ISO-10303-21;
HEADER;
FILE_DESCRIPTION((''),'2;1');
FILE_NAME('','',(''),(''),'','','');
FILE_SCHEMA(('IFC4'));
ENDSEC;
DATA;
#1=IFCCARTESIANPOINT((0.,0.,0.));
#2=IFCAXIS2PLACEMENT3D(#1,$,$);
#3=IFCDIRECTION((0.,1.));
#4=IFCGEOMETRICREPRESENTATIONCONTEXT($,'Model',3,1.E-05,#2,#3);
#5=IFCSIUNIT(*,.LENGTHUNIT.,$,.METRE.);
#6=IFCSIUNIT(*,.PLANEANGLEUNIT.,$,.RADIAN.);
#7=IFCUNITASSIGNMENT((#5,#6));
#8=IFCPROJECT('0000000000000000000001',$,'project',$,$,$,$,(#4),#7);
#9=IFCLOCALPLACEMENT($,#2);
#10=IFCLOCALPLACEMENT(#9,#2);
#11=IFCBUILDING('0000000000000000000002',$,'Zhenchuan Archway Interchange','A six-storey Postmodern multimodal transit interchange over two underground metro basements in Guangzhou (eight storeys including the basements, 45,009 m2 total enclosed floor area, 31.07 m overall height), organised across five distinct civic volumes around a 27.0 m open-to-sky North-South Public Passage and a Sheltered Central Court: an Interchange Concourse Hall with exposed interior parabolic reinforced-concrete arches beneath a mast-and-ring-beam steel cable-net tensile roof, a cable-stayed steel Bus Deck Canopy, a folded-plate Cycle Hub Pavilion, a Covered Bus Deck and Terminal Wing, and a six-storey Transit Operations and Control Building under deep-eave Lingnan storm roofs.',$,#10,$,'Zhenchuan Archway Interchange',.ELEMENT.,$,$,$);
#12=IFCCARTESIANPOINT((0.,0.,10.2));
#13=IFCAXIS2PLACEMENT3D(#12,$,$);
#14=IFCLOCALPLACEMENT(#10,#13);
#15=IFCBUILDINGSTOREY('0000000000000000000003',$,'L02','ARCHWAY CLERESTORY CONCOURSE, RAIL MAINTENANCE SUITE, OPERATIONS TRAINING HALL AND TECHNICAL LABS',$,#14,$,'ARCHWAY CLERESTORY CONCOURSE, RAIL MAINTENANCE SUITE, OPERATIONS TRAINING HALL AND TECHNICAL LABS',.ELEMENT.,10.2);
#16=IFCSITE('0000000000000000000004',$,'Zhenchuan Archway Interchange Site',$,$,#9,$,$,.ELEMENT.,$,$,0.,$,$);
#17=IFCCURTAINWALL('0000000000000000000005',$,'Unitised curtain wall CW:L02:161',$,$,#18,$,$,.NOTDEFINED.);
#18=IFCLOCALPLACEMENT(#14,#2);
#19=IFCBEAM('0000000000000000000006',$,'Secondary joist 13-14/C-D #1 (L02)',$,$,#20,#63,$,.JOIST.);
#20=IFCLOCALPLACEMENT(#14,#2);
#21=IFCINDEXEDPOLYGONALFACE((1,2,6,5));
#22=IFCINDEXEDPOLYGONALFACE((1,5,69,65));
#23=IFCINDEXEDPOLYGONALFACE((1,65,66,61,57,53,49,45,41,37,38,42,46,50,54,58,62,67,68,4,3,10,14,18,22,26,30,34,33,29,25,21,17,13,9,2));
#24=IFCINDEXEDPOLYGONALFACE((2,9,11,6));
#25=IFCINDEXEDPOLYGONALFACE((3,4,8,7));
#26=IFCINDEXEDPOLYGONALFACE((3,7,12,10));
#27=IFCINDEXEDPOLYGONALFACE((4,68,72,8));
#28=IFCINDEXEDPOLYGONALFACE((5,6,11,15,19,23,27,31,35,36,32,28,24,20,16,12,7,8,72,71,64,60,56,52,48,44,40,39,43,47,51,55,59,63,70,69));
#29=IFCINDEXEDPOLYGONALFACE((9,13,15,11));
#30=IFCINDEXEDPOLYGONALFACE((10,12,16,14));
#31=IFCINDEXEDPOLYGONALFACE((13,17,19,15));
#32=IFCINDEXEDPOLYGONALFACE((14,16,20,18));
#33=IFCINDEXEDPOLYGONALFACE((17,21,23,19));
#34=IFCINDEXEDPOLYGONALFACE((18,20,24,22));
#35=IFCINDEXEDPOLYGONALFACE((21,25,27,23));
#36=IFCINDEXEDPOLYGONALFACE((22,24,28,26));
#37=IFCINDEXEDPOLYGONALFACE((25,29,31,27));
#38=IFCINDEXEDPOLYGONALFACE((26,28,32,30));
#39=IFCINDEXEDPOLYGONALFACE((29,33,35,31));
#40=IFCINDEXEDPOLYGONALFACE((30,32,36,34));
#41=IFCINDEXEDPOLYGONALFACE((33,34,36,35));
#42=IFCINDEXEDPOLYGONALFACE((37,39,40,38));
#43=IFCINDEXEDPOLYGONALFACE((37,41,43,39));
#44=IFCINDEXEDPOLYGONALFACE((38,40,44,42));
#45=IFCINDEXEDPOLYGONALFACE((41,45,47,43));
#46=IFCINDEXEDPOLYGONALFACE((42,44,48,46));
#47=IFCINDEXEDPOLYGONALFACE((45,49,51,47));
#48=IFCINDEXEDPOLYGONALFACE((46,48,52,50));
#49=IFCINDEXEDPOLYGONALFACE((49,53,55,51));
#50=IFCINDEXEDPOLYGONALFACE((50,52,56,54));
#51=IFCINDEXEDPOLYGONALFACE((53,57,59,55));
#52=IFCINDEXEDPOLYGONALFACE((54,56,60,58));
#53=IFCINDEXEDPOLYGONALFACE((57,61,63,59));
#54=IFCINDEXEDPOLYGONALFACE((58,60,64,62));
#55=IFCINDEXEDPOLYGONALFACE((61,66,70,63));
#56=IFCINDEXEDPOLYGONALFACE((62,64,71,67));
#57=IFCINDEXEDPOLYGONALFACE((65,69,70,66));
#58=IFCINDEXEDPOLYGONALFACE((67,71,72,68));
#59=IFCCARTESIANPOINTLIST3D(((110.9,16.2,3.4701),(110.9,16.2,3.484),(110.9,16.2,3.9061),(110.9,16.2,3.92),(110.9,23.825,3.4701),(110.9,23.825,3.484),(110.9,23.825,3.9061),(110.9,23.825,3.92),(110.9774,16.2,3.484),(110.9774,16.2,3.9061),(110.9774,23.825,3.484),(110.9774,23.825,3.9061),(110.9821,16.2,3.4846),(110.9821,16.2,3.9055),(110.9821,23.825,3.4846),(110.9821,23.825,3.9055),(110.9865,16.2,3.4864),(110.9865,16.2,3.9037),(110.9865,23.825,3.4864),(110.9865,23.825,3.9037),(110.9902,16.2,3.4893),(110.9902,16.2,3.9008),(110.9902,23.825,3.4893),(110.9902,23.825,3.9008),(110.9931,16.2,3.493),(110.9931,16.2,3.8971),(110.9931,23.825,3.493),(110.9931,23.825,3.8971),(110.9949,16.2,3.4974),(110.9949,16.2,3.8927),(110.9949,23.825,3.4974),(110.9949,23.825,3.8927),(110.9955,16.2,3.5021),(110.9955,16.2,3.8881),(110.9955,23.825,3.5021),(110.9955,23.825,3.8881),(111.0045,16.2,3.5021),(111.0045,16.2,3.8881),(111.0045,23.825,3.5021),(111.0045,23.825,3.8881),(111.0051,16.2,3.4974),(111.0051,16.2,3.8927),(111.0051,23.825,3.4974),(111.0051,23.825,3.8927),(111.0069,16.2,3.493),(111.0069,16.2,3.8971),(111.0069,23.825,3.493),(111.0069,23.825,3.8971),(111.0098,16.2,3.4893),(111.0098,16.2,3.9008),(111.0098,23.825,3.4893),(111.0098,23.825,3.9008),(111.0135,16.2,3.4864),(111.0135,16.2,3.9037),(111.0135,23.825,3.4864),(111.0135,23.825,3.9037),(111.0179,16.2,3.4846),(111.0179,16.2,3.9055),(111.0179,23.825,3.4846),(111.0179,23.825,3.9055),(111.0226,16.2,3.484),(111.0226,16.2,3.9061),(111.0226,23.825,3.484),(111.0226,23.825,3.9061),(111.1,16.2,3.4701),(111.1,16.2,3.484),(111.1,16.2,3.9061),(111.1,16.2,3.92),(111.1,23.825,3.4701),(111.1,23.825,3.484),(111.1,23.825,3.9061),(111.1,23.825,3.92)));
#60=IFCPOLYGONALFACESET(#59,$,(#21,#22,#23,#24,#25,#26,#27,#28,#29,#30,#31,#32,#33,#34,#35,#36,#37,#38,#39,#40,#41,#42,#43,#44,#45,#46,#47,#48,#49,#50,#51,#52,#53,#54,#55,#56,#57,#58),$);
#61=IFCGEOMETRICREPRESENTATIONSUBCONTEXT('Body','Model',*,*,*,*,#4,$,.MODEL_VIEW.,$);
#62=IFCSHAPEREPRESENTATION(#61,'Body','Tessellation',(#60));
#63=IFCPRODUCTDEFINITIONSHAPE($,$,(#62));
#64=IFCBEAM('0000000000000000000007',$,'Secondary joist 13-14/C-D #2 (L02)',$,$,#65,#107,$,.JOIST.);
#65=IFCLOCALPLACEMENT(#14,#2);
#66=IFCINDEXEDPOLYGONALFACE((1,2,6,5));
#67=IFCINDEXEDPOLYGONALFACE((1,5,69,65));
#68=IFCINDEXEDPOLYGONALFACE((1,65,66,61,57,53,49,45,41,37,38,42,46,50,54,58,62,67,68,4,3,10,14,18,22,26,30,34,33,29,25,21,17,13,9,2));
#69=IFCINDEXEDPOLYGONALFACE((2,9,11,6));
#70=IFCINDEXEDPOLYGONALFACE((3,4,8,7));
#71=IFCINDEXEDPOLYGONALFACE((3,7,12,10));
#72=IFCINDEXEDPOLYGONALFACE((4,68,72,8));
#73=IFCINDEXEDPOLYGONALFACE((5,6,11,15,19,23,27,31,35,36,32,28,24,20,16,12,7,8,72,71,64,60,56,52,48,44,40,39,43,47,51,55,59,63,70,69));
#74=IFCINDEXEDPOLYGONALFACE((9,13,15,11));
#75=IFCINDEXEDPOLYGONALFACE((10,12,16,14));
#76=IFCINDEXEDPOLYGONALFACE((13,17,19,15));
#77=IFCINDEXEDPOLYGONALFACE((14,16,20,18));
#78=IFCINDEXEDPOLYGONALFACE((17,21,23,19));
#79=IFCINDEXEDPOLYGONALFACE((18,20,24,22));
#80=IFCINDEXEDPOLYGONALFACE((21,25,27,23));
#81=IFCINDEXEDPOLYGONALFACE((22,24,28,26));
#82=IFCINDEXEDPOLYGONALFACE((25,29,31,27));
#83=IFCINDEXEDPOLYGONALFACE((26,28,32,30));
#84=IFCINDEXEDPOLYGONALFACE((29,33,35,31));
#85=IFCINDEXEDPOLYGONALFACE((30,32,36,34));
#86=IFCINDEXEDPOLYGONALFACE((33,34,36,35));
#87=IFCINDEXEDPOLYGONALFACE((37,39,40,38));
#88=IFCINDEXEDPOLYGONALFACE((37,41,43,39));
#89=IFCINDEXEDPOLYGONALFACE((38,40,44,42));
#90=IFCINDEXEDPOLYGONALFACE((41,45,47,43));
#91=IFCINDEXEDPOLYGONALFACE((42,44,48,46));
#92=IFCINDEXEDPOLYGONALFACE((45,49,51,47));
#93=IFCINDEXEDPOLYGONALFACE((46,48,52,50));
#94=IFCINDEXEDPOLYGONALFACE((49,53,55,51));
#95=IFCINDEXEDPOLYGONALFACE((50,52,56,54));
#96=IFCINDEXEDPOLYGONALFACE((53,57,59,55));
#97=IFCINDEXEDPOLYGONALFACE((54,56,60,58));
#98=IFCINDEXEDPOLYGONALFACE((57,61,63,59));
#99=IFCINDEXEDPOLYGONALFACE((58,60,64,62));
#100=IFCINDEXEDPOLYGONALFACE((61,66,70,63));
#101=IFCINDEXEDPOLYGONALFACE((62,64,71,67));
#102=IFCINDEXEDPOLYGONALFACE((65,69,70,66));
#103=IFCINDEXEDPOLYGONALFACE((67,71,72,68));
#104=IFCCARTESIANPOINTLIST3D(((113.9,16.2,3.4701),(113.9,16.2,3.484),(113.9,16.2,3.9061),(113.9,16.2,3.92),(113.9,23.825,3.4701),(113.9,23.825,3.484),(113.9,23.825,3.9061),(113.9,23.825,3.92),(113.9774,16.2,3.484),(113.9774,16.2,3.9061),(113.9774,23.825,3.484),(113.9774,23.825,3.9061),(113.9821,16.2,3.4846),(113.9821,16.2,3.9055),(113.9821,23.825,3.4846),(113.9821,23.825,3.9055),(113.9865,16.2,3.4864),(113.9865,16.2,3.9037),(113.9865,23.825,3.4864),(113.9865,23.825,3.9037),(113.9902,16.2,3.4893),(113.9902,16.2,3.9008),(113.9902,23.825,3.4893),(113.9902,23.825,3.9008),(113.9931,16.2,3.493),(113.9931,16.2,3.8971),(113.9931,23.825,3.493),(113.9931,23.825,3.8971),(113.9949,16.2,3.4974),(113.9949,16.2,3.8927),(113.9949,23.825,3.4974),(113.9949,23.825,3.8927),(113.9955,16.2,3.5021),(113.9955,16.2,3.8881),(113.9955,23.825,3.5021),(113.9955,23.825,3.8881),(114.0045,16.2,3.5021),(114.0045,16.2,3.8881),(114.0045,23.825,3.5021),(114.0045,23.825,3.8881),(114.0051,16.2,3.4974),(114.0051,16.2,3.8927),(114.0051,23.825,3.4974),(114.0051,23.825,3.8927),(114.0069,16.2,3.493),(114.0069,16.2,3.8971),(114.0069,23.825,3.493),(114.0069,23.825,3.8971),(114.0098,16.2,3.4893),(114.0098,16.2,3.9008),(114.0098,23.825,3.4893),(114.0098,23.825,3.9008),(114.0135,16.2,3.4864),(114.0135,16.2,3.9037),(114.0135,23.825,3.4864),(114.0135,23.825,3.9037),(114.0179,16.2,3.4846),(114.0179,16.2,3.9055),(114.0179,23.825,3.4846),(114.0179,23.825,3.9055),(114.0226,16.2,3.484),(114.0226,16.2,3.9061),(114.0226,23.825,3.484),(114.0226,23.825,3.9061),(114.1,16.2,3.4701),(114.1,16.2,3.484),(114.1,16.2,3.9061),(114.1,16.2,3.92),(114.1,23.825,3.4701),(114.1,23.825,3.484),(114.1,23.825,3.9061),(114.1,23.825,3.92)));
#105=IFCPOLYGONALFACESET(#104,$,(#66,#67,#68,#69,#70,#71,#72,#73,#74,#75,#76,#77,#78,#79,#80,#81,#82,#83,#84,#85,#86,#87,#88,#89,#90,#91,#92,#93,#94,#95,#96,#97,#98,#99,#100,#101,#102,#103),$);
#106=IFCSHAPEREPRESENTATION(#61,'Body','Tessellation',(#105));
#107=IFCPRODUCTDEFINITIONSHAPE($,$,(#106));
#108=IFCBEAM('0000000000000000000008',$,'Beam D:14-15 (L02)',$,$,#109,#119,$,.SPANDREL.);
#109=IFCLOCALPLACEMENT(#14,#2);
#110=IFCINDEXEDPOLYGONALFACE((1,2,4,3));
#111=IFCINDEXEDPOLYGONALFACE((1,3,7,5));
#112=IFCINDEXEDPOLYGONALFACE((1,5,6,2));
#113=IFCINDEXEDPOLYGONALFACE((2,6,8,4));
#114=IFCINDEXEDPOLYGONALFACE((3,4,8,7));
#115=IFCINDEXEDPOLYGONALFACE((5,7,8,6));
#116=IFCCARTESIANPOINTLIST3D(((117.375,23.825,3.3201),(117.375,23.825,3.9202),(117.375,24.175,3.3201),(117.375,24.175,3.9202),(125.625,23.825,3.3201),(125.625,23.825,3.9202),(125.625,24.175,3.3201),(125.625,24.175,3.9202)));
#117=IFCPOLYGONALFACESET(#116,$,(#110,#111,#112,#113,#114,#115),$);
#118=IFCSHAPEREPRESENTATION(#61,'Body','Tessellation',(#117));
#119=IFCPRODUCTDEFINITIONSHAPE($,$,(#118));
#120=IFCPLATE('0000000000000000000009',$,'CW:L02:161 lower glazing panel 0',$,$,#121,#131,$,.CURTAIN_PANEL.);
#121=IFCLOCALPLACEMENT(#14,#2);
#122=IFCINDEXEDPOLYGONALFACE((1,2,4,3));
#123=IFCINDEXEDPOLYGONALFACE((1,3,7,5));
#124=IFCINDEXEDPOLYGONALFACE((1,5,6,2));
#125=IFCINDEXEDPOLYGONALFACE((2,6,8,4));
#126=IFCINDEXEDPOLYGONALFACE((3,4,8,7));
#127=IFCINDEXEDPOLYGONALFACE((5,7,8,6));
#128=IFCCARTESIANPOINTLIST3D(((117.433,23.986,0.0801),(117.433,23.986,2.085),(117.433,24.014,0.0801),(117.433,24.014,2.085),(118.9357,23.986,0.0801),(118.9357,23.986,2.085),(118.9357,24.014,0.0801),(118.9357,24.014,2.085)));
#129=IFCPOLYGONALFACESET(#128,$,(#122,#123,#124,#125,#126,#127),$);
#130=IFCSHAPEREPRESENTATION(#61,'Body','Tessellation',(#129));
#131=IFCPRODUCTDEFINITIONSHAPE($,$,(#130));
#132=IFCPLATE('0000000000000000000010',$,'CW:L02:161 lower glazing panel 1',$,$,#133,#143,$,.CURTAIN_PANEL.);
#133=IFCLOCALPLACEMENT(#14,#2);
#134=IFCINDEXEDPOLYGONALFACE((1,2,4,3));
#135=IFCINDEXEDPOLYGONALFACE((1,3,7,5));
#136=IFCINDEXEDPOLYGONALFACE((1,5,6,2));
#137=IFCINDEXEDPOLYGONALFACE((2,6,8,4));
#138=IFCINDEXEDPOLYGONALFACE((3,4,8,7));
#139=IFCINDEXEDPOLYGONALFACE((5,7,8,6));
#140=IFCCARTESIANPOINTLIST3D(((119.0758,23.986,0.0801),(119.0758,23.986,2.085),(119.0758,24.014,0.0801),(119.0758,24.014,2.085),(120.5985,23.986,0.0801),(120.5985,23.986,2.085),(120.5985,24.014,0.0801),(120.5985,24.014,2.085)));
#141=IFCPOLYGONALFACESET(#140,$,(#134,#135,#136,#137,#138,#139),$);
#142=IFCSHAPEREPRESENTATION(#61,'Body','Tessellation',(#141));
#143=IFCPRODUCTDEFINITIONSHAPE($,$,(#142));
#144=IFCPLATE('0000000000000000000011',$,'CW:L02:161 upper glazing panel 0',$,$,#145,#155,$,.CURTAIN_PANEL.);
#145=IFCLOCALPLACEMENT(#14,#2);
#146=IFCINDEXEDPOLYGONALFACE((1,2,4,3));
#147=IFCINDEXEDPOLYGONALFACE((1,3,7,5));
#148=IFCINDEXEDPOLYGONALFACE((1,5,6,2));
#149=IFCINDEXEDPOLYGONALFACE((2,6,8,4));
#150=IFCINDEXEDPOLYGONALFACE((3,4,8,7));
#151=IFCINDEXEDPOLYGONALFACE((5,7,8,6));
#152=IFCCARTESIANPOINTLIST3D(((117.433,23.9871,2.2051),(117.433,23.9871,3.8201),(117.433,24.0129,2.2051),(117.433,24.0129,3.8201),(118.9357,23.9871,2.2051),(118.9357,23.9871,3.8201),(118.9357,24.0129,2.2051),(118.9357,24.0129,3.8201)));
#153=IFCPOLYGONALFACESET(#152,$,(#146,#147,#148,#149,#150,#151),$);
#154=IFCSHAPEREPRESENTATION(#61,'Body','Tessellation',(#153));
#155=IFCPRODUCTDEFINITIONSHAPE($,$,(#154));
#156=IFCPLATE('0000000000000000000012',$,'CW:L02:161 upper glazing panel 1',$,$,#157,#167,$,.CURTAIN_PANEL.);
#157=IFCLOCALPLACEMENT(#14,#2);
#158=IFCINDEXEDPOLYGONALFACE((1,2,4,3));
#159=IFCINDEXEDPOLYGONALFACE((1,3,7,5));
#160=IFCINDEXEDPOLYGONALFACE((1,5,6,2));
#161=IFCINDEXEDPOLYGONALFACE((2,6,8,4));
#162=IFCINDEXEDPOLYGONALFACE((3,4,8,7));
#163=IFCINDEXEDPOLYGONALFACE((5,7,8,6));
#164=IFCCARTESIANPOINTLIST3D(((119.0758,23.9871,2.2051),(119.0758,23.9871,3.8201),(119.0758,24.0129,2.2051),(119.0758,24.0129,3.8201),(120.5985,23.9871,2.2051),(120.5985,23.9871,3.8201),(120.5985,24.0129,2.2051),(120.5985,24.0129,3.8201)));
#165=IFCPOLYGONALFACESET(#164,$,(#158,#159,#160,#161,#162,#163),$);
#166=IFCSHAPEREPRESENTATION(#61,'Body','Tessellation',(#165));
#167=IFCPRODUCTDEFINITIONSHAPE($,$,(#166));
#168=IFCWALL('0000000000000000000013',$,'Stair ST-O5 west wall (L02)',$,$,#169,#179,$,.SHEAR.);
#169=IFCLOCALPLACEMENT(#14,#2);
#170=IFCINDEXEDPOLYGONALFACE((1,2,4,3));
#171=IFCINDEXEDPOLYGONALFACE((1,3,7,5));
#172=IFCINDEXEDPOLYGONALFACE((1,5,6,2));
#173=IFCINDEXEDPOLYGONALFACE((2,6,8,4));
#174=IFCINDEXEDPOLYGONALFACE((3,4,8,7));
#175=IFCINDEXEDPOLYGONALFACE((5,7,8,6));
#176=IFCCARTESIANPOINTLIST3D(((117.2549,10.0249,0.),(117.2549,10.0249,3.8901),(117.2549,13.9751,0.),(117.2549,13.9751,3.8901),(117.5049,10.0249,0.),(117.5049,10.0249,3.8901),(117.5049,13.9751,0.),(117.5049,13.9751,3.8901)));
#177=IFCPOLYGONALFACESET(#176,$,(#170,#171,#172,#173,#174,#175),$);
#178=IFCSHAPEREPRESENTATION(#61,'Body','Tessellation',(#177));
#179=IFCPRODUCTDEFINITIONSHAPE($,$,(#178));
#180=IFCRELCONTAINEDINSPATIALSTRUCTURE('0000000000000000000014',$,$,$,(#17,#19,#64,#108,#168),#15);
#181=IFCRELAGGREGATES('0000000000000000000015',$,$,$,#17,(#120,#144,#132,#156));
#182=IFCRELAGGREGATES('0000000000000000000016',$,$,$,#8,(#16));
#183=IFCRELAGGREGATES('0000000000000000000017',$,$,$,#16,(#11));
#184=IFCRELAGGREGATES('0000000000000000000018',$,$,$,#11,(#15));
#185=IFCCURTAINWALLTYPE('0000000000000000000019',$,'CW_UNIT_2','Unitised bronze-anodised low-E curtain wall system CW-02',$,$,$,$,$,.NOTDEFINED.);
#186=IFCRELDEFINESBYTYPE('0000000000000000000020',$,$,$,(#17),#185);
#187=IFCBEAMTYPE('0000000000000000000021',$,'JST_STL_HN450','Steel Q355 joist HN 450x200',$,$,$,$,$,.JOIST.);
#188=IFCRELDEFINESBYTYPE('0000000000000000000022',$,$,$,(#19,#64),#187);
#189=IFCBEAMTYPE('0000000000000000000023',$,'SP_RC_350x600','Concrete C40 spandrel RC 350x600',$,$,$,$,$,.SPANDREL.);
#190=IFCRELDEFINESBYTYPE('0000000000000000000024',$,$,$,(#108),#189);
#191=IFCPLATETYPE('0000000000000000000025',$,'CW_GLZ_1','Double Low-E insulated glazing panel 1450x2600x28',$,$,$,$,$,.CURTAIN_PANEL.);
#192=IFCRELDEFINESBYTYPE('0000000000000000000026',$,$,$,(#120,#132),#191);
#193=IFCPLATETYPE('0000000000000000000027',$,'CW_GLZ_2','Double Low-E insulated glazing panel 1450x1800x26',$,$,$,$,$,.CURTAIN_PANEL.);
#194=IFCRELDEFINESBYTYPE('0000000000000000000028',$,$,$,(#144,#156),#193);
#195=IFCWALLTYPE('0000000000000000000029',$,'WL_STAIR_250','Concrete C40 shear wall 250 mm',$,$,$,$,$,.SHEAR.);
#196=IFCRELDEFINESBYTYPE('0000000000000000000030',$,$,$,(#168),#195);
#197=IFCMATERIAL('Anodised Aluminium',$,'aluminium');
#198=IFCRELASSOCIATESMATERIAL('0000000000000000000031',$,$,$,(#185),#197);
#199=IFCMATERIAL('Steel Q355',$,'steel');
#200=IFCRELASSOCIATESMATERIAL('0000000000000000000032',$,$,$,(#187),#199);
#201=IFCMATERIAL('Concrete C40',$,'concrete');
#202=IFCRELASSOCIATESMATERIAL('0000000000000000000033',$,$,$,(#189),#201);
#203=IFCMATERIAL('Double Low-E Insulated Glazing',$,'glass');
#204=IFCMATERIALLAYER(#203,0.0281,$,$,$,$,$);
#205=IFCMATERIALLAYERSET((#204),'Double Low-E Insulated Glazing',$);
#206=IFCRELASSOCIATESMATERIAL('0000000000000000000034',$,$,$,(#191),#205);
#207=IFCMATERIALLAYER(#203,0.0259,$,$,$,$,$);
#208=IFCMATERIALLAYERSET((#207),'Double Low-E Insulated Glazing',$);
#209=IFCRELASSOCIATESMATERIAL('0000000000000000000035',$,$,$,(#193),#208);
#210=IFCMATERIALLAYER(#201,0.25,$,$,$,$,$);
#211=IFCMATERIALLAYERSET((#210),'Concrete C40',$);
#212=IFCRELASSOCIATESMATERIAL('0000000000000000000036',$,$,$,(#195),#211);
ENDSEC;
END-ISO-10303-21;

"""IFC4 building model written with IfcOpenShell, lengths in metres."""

from ifc_helpers import new_model, si_unit, direction, frame, frame_2d, origin, origin_2d, place, context, subcontext, project, spatial, rectangle, i_section, extrude, material, layer, layer_set, material_profile, profile_set, type_object, element, aggregate, save


model = new_model("IFC4")

# Units and contexts
model_context = context("Model", 3, precision=1e-05, world=origin(), true_north=direction((0.0, 1.0)))
body_context = subcontext(model_context, "Body", "Model", "MODEL_VIEW")
ifc_project = project(units=[si_unit("LENGTHUNIT", "METRE"), si_unit("PLANEANGLEUNIT", "RADIAN")], contexts=[model_context])

# Site, building, storey
site_placement = place(None, origin())
site = spatial("IfcSite", under=ifc_project, at=site_placement, Name="Zhenchuan Archway Interchange Site", CompositionType="ELEMENT", RefElevation=0.0)
building_placement = place(site_placement, origin())
building = spatial("IfcBuilding", under=site, at=building_placement, Name="Zhenchuan Archway Interchange", Description="A six-storey Postmodern multimodal transit interchange over two underground metro basements in Guangzhou (eight storeys including the basements, 45,009 m2 total enclosed floor area, 31.07 m overall height), organised across five distinct civic volumes around a 27.0 m open-to-sky North-South Public Passage and a Sheltered Central Court: an Interchange Concourse Hall with exposed interior parabolic reinforced-concrete arches beneath a mast-and-ring-beam steel cable-net tensile roof, a cable-stayed steel Bus Deck Canopy, a folded-plate Cycle Hub Pavilion, a Covered Bus Deck and Terminal Wing, and a six-storey Transit Operations and Control Building under deep-eave Lingnan storm roofs.", LongName="Zhenchuan Archway Interchange", CompositionType="ELEMENT")
storey_placement = place(building_placement, frame((0.0, 0.0, 10.2)))
storey = spatial("IfcBuildingStorey", under=building, at=storey_placement, Name="L02", Description="ARCHWAY CLERESTORY CONCOURSE, RAIL MAINTENANCE SUITE, OPERATIONS TRAINING HALL AND TECHNICAL LABS", LongName="ARCHWAY CLERESTORY CONCOURSE, RAIL MAINTENANCE SUITE, OPERATIONS TRAINING HALL AND TECHNICAL LABS", CompositionType="ELEMENT", Elevation=10.2)

# Shared definitions
ifc_material_1 = material(Name="Concrete C40", Category="concrete")

# Curtain wall
ifc_material_2 = material(Name="Anodised Aluminium", Category="aluminium")
curtain_wall_type = type_object("IfcCurtainWallType", Name="CW_UNIT_2", Description="Unitised bronze-anodised low-E curtain wall system CW-02", PredefinedType="NOTDEFINED", material=ifc_material_2)
curtain_wall_placement = place(storey_placement, origin())
curtain_wall = element("IfcCurtainWall", 1, at=curtain_wall_placement, inside=storey, type_object=curtain_wall_type, Name="Unitised curtain wall CW:L02:161", PredefinedType="NOTDEFINED")

# Beams
ifc_material_3 = material(Name="Steel Q355", Category="steel")
ifc_material_profile_1 = material_profile(ifc_material_3, i_section(OverallWidth=0.2, OverallDepth=0.45, WebThickness=0.009, FlangeThickness=0.0139, FilletRadius=0.0181, at=origin_2d()), Name="HN 450x200")
ifc_profile_set_1 = profile_set([ifc_material_profile_1], Name="Steel Q355")
beam_type_1 = type_object("IfcBeamType", Name="JST_STL_HN450", Description="Steel Q355 joist HN 450x200", PredefinedType="JOIST", material=ifc_profile_set_1)
for number, where, z_axis, x_axis, name in (
    (2, (111.0, 16.2, 3.6951), (0.0, 1.0, 0.0), (-1.0, 0.0, 0.0), "Secondary joist 13-14/C-D #1 (L02)"),
    (3, (114.0, 16.2, 3.6951), (0.0, 1.0, 0.0), (-1.0, 0.0, 0.0), "Secondary joist 13-14/C-D #2 (L02)"),
):
    element("IfcBeam", number, at=place(storey_placement, frame(where, z_axis=z_axis, x_axis=x_axis)), inside=storey, type_object=beam_type_1, Name=name, PredefinedType="JOIST", context=body_context, shape_type="SweptSolid", body=[
        extrude(i_section(OverallWidth=0.2, OverallDepth=0.45, WebThickness=0.009, FlangeThickness=0.0139, FilletRadius=0.0181, at=origin_2d()), origin(), (0.0, 0.0, 1.0), 7.625),
    ])
ifc_material_profile_2 = material_profile(ifc_material_1, rectangle(XDim=0.3501, YDim=0.6001, at=origin_2d()), Name="RC 350x600")
ifc_profile_set_2 = profile_set([ifc_material_profile_2], Name="Concrete C40")
beam_type_2 = type_object("IfcBeamType", Name="SP_RC_350x600", Description="Concrete C40 spandrel RC 350x600", PredefinedType="SPANDREL", material=ifc_profile_set_2)
beam_1_placement = place(storey_placement, frame((117.375, 24.0, 3.6201), z_axis=(1.0, 0.0, 0.0), x_axis=(0.0, 1.0, 0.0)))
element("IfcBeam", 4, at=beam_1_placement, inside=storey, type_object=beam_type_2, Name="Beam D:14-15 (L02)", PredefinedType="SPANDREL", context=body_context, shape_type="SweptSolid", body=[
    extrude(rectangle(XDim=0.3501, YDim=0.6001, at=origin_2d()), origin(), (0.0, 0.0, 1.0), 8.25),
])

# Plates
ifc_material_4 = material(Name="Double Low-E Insulated Glazing", Category="glass")
ifc_layer_1 = layer(ifc_material_4, 0.0281)
ifc_layer_set_1 = layer_set([ifc_layer_1], Name="Double Low-E Insulated Glazing")
plate_type_1 = type_object("IfcPlateType", Name="CW_GLZ_1", Description="Double Low-E insulated glazing panel 1450x2600x28", PredefinedType="CURTAIN_PANEL", material=ifc_layer_set_1)
plate_1_placement = place(storey_placement, frame((118.1843, 24.0, 0.0801), z_axis=(0.0, 0.0, 1.0), x_axis=(1.0, 0.0, 0.0)))
plate_1 = element("IfcPlate", 5, at=plate_1_placement, type_object=plate_type_1, Name="CW:L02:161 lower glazing panel 0", PredefinedType="CURTAIN_PANEL", context=body_context, shape_type="SweptSolid", body=[
    extrude(rectangle(XDim=1.5027, YDim=0.0281, at=origin_2d()), origin(), (0.0, 0.0, 1.0), 2.0049),
])
plate_2_placement = place(storey_placement, frame((119.8372, 24.0, 0.0801), z_axis=(0.0, 0.0, 1.0), x_axis=(1.0, 0.0, 0.0)))
plate_2 = element("IfcPlate", 6, at=plate_2_placement, type_object=plate_type_1, Name="CW:L02:161 lower glazing panel 1", PredefinedType="CURTAIN_PANEL", context=body_context, shape_type="SweptSolid", body=[
    extrude(rectangle(XDim=1.5227, YDim=0.0281, at=origin_2d()), origin(), (0.0, 0.0, 1.0), 2.0049),
])
ifc_layer_2 = layer(ifc_material_4, 0.0259)
ifc_layer_set_2 = layer_set([ifc_layer_2], Name="Double Low-E Insulated Glazing")
plate_type_2 = type_object("IfcPlateType", Name="CW_GLZ_2", Description="Double Low-E insulated glazing panel 1450x1800x26", PredefinedType="CURTAIN_PANEL", material=ifc_layer_set_2)
plate_3_placement = place(storey_placement, frame((118.1843, 24.0, 2.2051), z_axis=(0.0, 0.0, 1.0), x_axis=(1.0, 0.0, 0.0)))
plate_3 = element("IfcPlate", 7, at=plate_3_placement, type_object=plate_type_2, Name="CW:L02:161 upper glazing panel 0", PredefinedType="CURTAIN_PANEL", context=body_context, shape_type="SweptSolid", body=[
    extrude(rectangle(XDim=1.5027, YDim=0.0259, at=origin_2d()), origin(), (0.0, 0.0, 1.0), 1.615),
])
plate_4_placement = place(storey_placement, frame((119.8372, 24.0, 2.2051), z_axis=(0.0, 0.0, 1.0), x_axis=(1.0, 0.0, 0.0)))
plate_4 = element("IfcPlate", 8, at=plate_4_placement, type_object=plate_type_2, Name="CW:L02:161 upper glazing panel 1", PredefinedType="CURTAIN_PANEL", context=body_context, shape_type="SweptSolid", body=[
    extrude(rectangle(XDim=1.5227, YDim=0.0259, at=origin_2d()), origin(), (0.0, 0.0, 1.0), 1.615),
])
aggregate(curtain_wall, [plate_1, plate_3, plate_2, plate_4])

# Wall
ifc_layer_3 = layer(ifc_material_1, 0.25)
ifc_layer_set_3 = layer_set([ifc_layer_3], Name="Concrete C40")
wall_type = type_object("IfcWallType", Name="WL_STAIR_250", Description="Concrete C40 shear wall 250 mm", PredefinedType="SHEAR", material=ifc_layer_set_3)
wall_placement = place(storey_placement, frame((117.3799, 13.9751, 0.0), z_axis=(0.0, 0.0, 1.0), x_axis=(0.0, -1.0, 0.0)))
element("IfcWall", 9, at=wall_placement, inside=storey, type_object=wall_type, Name="Stair ST-O5 west wall (L02)", PredefinedType="SHEAR", context=body_context, shape_type="SweptSolid", body=[
    extrude(rectangle(XDim=3.9502, YDim=0.25, at=frame_2d((1.9751, 0.0))), origin(), (0.0, 0.0, 1.0), 3.8901),
])

save(model, "model.ifc")
